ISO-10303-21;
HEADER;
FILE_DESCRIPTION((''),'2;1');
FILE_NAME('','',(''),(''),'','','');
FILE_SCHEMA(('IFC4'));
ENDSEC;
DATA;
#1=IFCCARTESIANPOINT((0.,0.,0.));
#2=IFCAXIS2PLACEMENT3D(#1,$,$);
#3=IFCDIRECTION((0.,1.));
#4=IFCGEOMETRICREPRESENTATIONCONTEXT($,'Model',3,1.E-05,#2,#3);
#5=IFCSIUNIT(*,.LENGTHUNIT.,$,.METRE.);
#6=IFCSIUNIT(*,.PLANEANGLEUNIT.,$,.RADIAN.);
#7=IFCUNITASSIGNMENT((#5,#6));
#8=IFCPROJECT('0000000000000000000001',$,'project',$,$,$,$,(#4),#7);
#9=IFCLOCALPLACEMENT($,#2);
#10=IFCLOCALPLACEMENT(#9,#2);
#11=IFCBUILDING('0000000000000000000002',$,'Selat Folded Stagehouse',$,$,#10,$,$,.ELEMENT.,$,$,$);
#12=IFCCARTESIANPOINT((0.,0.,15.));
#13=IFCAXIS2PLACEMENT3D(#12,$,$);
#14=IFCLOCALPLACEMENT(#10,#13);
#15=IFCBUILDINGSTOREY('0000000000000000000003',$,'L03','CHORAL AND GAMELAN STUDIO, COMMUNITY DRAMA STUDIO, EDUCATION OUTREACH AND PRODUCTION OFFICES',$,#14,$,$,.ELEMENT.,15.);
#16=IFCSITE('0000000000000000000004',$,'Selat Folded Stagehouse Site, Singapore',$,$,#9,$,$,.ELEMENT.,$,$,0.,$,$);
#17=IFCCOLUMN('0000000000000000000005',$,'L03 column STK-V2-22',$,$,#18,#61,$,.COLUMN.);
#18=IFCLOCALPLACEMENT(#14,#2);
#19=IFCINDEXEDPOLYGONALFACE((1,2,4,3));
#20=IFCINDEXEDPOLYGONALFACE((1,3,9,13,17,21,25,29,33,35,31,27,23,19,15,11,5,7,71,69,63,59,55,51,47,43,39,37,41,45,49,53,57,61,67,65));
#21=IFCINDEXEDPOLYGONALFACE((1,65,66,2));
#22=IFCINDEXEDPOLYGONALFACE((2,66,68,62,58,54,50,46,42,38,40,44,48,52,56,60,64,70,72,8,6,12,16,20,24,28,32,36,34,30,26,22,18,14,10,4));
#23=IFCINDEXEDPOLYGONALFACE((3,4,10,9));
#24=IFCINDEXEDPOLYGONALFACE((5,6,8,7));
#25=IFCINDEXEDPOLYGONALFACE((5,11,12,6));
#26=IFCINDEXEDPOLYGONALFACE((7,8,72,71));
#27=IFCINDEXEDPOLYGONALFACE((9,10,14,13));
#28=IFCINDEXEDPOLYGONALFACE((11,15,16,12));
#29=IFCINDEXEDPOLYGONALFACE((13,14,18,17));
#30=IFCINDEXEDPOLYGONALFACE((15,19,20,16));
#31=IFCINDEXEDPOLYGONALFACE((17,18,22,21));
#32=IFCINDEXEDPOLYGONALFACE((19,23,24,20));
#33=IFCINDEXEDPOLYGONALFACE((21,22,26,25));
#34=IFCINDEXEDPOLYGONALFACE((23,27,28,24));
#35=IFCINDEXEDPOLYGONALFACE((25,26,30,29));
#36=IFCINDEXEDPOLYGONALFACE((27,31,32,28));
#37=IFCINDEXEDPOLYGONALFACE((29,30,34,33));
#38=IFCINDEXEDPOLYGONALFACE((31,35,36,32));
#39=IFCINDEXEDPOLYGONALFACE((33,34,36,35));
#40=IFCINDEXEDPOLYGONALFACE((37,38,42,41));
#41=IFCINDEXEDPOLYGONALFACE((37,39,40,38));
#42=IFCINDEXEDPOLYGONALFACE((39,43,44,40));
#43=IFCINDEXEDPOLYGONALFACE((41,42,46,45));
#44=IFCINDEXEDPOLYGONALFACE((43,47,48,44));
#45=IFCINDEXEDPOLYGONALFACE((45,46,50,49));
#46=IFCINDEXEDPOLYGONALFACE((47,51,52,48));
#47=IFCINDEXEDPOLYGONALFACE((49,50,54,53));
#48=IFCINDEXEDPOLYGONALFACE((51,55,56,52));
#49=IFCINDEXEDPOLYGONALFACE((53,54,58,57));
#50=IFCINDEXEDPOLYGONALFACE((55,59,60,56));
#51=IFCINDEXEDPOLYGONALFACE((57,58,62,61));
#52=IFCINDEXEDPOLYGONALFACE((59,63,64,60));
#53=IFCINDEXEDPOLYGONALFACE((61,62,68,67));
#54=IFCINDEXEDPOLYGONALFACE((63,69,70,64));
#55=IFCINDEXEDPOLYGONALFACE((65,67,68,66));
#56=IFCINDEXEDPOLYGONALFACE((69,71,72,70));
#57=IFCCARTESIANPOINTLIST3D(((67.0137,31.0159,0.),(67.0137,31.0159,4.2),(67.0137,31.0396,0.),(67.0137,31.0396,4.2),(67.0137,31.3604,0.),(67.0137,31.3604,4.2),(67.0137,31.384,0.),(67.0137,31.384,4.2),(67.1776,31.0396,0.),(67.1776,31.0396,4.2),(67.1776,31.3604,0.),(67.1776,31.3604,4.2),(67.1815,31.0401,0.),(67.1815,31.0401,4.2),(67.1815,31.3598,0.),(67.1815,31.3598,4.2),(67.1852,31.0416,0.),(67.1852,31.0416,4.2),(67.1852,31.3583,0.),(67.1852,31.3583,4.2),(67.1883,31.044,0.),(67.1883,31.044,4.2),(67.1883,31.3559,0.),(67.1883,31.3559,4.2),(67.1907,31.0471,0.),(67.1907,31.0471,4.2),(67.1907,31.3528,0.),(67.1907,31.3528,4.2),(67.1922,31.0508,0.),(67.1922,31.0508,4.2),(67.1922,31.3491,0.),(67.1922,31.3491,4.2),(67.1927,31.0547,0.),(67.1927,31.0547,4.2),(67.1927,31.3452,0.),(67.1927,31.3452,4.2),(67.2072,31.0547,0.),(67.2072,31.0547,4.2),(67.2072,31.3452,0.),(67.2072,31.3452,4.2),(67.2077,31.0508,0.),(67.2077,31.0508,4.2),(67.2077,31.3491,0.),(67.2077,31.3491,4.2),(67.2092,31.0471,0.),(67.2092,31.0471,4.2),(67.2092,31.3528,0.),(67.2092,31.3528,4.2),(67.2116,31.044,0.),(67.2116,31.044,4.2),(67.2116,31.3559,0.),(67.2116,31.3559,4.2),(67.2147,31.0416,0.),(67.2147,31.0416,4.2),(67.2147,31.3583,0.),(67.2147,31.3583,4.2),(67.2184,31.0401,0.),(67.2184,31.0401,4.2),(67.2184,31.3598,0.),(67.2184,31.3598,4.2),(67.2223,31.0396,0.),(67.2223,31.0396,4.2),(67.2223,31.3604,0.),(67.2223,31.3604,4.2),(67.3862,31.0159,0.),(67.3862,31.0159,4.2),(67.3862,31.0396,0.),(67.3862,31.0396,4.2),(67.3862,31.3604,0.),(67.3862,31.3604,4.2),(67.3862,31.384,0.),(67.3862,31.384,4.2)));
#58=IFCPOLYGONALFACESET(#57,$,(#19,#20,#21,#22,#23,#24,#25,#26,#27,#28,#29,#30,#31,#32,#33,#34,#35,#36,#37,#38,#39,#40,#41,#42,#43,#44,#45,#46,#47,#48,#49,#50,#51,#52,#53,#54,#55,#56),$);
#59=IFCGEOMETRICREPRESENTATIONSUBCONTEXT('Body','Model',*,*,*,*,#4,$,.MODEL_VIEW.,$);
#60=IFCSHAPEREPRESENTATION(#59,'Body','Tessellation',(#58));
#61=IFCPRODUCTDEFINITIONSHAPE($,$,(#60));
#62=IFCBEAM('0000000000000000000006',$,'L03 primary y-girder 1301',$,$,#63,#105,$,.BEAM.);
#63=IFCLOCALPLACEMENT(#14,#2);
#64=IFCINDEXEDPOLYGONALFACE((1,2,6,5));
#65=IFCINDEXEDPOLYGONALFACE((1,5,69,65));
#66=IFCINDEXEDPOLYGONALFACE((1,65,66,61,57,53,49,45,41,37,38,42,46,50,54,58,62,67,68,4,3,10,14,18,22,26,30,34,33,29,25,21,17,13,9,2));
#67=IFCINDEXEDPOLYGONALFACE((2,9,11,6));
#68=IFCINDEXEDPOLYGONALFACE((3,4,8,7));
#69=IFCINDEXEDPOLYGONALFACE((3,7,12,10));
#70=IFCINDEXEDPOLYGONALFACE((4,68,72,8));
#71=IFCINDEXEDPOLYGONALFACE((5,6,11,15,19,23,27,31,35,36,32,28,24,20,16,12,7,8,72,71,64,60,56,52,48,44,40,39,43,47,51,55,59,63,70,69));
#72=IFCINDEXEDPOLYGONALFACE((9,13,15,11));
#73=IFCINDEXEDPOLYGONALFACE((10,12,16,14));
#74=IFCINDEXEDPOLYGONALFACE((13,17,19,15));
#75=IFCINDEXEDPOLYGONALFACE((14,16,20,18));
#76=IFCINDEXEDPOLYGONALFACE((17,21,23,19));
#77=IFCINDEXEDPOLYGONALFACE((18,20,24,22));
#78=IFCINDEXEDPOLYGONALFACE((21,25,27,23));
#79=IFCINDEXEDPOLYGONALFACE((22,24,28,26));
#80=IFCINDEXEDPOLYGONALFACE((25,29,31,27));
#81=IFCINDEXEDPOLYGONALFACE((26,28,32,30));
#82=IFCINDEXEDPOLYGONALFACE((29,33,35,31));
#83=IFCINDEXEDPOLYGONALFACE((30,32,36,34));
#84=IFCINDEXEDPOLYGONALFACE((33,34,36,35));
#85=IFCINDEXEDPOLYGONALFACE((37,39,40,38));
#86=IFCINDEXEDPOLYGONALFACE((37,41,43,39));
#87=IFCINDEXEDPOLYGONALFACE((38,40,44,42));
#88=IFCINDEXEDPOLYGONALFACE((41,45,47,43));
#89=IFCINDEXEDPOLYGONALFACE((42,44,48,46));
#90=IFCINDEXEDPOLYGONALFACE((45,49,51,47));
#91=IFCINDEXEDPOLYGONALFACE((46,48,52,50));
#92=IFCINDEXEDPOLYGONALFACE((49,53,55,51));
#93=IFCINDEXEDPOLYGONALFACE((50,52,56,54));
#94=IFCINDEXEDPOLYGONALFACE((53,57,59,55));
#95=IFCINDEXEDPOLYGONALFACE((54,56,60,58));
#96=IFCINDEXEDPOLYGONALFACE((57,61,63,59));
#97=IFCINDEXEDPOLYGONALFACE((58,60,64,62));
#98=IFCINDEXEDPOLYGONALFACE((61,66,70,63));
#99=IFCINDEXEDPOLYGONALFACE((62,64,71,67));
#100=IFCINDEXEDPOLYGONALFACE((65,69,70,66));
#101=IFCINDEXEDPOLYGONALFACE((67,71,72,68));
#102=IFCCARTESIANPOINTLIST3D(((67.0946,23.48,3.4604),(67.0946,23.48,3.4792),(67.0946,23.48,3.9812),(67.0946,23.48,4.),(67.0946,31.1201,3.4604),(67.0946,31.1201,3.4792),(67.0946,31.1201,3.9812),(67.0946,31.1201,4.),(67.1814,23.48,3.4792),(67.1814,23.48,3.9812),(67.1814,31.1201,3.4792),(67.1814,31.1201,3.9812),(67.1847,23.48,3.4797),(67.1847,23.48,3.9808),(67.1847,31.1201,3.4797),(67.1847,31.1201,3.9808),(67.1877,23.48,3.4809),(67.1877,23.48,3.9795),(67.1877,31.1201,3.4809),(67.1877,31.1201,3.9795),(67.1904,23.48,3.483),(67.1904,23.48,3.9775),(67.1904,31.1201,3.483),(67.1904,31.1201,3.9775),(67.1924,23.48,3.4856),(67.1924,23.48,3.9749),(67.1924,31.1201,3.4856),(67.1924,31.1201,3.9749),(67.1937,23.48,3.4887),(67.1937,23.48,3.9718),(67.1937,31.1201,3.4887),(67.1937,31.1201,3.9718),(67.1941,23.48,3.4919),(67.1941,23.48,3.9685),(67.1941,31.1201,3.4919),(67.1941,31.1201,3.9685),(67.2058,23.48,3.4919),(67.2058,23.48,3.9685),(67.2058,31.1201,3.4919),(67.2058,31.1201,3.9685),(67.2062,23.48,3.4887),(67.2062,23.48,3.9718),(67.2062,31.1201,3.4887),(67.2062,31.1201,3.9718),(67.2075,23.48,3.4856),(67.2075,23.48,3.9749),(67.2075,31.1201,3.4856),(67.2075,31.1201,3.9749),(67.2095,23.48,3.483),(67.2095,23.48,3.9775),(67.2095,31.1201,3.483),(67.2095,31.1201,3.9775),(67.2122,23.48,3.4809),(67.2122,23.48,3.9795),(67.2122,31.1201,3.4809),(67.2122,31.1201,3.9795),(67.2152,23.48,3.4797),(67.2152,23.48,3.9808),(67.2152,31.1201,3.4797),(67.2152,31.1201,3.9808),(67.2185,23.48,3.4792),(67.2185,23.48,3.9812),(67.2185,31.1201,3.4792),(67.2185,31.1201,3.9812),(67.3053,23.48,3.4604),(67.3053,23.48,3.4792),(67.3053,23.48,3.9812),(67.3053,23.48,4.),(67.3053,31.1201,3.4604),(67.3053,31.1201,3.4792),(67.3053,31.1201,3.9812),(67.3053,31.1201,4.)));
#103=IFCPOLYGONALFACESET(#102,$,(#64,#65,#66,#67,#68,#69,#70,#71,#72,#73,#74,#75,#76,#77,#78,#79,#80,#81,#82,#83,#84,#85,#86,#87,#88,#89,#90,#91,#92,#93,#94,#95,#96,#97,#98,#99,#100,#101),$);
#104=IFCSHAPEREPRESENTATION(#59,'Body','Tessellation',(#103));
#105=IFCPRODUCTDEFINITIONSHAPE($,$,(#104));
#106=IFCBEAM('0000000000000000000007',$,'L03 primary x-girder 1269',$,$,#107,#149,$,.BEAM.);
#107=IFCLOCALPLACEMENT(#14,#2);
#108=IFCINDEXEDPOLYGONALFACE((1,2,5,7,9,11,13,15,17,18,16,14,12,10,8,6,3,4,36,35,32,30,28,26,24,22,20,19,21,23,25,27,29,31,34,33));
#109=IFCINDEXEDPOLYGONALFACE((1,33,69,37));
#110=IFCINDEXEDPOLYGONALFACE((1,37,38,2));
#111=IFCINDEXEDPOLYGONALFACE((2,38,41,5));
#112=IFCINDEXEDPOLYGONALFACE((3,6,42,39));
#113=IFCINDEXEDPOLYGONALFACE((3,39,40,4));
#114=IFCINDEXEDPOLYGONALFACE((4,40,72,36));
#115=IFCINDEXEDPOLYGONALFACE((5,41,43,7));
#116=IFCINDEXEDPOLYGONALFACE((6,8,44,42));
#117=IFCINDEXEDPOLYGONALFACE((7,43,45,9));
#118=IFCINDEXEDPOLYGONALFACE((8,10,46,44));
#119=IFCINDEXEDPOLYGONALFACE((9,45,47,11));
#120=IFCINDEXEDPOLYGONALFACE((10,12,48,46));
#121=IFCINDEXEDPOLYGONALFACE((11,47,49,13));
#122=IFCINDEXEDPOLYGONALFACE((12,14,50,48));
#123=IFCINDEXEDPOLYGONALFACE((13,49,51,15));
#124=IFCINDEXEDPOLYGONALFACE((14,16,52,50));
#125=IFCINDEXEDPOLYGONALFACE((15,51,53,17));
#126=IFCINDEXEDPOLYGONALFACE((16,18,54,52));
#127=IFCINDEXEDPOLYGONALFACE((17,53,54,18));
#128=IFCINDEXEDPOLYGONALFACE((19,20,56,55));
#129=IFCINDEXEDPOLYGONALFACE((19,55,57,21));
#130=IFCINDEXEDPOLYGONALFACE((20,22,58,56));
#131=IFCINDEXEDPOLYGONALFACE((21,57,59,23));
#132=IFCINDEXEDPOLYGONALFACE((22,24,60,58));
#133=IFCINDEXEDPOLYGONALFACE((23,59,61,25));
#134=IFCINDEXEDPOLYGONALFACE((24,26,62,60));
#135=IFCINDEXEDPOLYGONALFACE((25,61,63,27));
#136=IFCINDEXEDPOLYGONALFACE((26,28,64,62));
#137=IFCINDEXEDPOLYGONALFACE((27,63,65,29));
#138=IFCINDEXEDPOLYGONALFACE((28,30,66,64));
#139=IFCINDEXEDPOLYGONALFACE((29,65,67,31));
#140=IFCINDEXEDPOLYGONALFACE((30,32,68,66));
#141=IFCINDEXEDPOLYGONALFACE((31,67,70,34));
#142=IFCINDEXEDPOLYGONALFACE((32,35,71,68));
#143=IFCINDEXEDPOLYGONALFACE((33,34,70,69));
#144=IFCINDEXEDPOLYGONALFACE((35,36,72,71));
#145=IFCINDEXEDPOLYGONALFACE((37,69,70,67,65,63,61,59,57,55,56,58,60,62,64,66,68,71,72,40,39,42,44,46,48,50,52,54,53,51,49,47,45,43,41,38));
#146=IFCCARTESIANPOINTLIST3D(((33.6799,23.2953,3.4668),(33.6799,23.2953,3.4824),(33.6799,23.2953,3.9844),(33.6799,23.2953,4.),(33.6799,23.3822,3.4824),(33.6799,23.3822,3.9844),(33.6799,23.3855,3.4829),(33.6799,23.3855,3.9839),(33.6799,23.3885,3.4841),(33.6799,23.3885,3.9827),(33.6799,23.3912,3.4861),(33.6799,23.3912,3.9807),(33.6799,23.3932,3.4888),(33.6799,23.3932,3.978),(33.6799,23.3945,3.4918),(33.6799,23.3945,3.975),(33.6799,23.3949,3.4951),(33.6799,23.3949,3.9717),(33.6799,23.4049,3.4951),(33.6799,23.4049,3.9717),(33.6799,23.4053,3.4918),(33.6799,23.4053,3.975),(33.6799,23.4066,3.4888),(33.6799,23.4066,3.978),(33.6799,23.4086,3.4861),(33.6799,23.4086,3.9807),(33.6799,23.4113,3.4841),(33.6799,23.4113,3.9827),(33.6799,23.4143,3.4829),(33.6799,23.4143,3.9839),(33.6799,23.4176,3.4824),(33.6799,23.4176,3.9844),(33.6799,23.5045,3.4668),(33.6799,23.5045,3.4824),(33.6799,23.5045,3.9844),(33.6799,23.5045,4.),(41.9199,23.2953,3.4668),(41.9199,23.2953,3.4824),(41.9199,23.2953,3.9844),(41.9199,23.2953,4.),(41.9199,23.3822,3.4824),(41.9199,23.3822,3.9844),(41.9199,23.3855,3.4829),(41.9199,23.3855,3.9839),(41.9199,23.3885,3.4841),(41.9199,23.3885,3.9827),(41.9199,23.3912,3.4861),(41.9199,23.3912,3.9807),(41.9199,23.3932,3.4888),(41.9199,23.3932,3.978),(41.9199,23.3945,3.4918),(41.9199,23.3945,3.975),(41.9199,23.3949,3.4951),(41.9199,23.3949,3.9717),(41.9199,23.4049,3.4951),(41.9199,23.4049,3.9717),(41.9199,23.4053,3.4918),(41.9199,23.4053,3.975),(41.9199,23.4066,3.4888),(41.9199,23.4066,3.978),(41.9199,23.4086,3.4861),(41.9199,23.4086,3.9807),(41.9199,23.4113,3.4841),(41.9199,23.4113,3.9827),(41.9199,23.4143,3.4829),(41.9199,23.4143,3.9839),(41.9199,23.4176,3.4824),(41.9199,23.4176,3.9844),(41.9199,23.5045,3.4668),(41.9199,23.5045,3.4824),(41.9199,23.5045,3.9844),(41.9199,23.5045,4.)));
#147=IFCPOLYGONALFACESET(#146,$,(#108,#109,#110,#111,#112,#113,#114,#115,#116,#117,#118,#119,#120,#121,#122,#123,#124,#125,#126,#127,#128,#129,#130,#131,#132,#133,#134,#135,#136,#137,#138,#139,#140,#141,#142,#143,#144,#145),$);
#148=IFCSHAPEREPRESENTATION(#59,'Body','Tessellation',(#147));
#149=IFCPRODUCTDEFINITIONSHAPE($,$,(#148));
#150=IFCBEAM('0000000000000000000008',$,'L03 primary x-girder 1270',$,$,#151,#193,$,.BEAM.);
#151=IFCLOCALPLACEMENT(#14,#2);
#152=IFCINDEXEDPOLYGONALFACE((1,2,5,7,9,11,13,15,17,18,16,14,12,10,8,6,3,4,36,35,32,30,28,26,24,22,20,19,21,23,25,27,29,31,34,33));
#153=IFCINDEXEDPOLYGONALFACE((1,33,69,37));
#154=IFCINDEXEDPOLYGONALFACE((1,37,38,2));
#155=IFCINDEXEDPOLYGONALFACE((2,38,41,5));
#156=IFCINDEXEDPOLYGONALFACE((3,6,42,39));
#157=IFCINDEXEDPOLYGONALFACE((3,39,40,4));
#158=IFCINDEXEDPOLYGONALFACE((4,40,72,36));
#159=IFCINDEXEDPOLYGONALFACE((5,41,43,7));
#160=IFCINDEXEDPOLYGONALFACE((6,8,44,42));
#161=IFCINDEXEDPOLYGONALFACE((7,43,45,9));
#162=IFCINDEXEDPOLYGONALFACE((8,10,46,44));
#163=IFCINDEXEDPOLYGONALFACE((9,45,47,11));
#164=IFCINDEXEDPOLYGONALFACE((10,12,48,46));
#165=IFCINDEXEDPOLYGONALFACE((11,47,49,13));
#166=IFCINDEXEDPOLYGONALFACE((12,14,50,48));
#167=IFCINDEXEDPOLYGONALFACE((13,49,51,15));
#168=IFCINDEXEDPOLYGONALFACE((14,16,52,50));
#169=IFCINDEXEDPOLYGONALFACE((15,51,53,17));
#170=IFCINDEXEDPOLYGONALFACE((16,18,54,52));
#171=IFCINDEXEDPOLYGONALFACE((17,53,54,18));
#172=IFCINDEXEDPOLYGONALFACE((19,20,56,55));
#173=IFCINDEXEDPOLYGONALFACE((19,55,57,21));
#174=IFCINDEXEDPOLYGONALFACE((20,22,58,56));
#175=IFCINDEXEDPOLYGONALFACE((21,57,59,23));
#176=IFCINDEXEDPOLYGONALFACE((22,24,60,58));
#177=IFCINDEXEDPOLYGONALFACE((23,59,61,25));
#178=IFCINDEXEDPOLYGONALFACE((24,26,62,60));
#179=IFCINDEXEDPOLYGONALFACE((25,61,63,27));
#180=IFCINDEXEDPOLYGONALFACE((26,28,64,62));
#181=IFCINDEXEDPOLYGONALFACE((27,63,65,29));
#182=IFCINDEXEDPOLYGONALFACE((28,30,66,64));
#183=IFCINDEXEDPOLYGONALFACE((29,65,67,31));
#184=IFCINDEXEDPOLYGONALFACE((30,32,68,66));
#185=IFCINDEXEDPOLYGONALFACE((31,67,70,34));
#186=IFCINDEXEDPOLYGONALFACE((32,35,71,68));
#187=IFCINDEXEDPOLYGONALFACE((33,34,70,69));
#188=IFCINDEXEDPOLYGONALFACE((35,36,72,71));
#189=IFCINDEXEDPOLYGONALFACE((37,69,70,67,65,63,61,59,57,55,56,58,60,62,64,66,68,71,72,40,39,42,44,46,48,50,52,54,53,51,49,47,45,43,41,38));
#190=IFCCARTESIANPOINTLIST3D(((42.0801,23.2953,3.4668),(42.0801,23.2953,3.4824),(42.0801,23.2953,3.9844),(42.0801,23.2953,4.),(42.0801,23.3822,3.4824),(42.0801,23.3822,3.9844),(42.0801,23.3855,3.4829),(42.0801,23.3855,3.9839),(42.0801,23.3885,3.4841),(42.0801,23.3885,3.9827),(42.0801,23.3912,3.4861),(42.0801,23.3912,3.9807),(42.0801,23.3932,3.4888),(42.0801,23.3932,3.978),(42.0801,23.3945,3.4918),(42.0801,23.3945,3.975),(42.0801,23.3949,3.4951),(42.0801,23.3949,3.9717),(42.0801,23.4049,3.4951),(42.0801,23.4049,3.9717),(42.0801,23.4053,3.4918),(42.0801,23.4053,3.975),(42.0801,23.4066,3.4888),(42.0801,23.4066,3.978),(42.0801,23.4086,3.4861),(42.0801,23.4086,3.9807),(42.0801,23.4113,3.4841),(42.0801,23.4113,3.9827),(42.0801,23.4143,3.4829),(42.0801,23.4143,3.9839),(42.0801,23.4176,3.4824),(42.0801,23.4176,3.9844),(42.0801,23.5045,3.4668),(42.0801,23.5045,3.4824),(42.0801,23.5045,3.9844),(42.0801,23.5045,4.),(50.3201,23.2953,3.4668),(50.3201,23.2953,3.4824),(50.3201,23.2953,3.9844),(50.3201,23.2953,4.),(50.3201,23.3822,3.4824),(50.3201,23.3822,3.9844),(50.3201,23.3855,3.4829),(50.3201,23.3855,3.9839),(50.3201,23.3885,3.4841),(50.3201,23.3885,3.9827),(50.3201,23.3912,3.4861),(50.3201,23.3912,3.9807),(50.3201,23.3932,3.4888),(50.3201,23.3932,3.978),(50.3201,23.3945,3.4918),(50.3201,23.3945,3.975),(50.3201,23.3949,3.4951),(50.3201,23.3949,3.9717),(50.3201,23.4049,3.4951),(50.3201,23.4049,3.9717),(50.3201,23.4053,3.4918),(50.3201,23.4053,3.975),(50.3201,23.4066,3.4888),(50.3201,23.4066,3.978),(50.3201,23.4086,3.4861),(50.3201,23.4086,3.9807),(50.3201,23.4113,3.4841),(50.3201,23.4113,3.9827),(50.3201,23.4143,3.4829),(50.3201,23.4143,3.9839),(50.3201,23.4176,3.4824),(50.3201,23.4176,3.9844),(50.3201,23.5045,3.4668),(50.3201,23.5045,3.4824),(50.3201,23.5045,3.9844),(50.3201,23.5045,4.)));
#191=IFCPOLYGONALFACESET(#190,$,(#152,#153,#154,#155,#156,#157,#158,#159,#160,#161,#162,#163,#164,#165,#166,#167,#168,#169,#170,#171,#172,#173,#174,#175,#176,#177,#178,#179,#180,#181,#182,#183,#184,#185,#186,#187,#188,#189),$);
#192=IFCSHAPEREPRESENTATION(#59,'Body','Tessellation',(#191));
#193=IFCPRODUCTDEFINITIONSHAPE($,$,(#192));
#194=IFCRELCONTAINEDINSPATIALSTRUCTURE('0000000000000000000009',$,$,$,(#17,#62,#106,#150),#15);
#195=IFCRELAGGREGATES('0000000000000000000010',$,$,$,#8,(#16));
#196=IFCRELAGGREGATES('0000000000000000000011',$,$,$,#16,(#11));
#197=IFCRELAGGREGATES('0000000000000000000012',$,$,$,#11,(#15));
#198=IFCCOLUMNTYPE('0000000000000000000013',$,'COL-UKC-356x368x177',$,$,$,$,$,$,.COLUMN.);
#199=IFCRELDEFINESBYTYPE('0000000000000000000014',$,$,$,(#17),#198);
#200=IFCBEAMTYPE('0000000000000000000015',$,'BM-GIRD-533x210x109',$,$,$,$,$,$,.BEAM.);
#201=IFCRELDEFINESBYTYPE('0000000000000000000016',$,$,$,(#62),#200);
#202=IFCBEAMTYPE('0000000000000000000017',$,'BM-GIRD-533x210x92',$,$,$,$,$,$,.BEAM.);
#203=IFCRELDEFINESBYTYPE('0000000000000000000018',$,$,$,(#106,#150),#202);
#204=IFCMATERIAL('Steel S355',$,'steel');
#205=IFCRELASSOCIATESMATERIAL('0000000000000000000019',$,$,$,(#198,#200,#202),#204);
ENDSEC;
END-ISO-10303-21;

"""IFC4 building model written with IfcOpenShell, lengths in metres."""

from ifc_helpers import new_model, si_unit, direction, frame, origin, origin_2d, place, context, subcontext, project, spatial, i_section, extrude, material, material_profile, profile_set, type_object, element, save


model = new_model("IFC4")

# Units and contexts
model_context = context("Model", 3, precision=1e-05, world=origin(), true_north=direction((0.0, 1.0)))
body_context = subcontext(model_context, "Body", "Model", "MODEL_VIEW")
ifc_project = project(units=[si_unit("LENGTHUNIT", "METRE"), si_unit("PLANEANGLEUNIT", "RADIAN")], contexts=[model_context])

# Site, building, storey
site_placement = place(None, origin())
site = spatial("IfcSite", under=ifc_project, at=site_placement, Name="Selat Folded Stagehouse Site, Singapore", CompositionType="ELEMENT", RefElevation=0.0)
building_placement = place(site_placement, origin())
building = spatial("IfcBuilding", under=site, at=building_placement, Name="Selat Folded Stagehouse", CompositionType="ELEMENT")
storey_placement = place(building_placement, frame((0.0, 0.0, 15.0)))
storey = spatial("IfcBuildingStorey", under=building, at=storey_placement, Name="L03", Description="CHORAL AND GAMELAN STUDIO, COMMUNITY DRAMA STUDIO, EDUCATION OUTREACH AND PRODUCTION OFFICES", CompositionType="ELEMENT", Elevation=15.0)

# Column
ifc_material_1 = material(Name="Steel S355", Category="steel")
ifc_material_profile_1 = material_profile(ifc_material_1, i_section(OverallWidth=0.3726, OverallDepth=0.3682, WebThickness=0.0144, FlangeThickness=0.0237, FilletRadius=0.0151, at=origin_2d()), Name="UKC 356x368x177")
ifc_profile_set_1 = profile_set([ifc_material_profile_1], Name="Steel S355")
column_type = type_object("IfcColumnType", Name="COL-UKC-356x368x177", PredefinedType="COLUMN", material=ifc_profile_set_1)
for number, where, z_axis, x_axis, name in (
    (1, (67.2, 31.2, 0.0), (0.0, 0.0, 1.0), (1.0, 0.0, 0.0), "L03 column STK-V2-22"),
):
    element("IfcColumn", number, at=place(storey_placement, frame(where, z_axis=z_axis, x_axis=x_axis)), inside=storey, type_object=column_type, Name=name, PredefinedType="COLUMN", context=body_context, shape_type="SweptSolid", body=[
        extrude(i_section(OverallWidth=0.3726, OverallDepth=0.3682, WebThickness=0.0144, FlangeThickness=0.0237, FilletRadius=0.0151, at=origin_2d()), origin(), (0.0, 0.0, 1.0), 4.2),
    ])

# Beams
ifc_material_profile_2 = material_profile(ifc_material_1, i_section(OverallWidth=0.2107, OverallDepth=0.5396, WebThickness=0.0117, FlangeThickness=0.0188, FilletRadius=0.0127, at=origin_2d()), Name="UKB 533x210x109")
ifc_profile_set_2 = profile_set([ifc_material_profile_2], Name="Steel S355")
beam_type_1 = type_object("IfcBeamType", Name="BM-GIRD-533x210x109", PredefinedType="BEAM", material=ifc_profile_set_2)
beam_1_placement = place(storey_placement, frame((67.2, 23.48, 3.7302), z_axis=(0.0, 1.0, 0.0), x_axis=(-1.0, 0.0, 0.0)))
element("IfcBeam", 2, at=beam_1_placement, inside=storey, type_object=beam_type_1, Name="L03 primary y-girder 1301", PredefinedType="BEAM", context=body_context, shape_type="SweptSolid", body=[
    extrude(i_section(OverallWidth=0.2107, OverallDepth=0.5396, WebThickness=0.0117, FlangeThickness=0.0188, FilletRadius=0.0127, at=origin_2d()), origin(), (0.0, 0.0, 1.0), 7.6401),
])
ifc_material_profile_3 = material_profile(ifc_material_1, i_section(OverallWidth=0.2092, OverallDepth=0.5332, WebThickness=0.01, FlangeThickness=0.0156, FilletRadius=0.0127, at=origin_2d()), Name="UKB 533x210x92")
ifc_profile_set_3 = profile_set([ifc_material_profile_3], Name="Steel S355")
beam_type_2 = type_object("IfcBeamType", Name="BM-GIRD-533x210x92", PredefinedType="BEAM", material=ifc_profile_set_3)
for number, where, z_axis, x_axis, name in (
    (3, (33.6799, 23.3999, 3.7334), (1.0, 0.0, 0.0), (0.0, 1.0, 0.0), "L03 primary x-girder 1269"),
    (4, (42.0801, 23.3999, 3.7334), (1.0, 0.0, 0.0), (0.0, 1.0, 0.0), "L03 primary x-girder 1270"),
):
    element("IfcBeam", number, at=place(storey_placement, frame(where, z_axis=z_axis, x_axis=x_axis)), inside=storey, type_object=beam_type_2, Name=name, PredefinedType="BEAM", context=body_context, shape_type="SweptSolid", body=[
        extrude(i_section(OverallWidth=0.2092, OverallDepth=0.5332, WebThickness=0.01, FlangeThickness=0.0156, FilletRadius=0.0127, at=origin_2d()), origin(), (0.0, 0.0, 1.0), 8.24),
    ])

save(model, "model.ifc")
